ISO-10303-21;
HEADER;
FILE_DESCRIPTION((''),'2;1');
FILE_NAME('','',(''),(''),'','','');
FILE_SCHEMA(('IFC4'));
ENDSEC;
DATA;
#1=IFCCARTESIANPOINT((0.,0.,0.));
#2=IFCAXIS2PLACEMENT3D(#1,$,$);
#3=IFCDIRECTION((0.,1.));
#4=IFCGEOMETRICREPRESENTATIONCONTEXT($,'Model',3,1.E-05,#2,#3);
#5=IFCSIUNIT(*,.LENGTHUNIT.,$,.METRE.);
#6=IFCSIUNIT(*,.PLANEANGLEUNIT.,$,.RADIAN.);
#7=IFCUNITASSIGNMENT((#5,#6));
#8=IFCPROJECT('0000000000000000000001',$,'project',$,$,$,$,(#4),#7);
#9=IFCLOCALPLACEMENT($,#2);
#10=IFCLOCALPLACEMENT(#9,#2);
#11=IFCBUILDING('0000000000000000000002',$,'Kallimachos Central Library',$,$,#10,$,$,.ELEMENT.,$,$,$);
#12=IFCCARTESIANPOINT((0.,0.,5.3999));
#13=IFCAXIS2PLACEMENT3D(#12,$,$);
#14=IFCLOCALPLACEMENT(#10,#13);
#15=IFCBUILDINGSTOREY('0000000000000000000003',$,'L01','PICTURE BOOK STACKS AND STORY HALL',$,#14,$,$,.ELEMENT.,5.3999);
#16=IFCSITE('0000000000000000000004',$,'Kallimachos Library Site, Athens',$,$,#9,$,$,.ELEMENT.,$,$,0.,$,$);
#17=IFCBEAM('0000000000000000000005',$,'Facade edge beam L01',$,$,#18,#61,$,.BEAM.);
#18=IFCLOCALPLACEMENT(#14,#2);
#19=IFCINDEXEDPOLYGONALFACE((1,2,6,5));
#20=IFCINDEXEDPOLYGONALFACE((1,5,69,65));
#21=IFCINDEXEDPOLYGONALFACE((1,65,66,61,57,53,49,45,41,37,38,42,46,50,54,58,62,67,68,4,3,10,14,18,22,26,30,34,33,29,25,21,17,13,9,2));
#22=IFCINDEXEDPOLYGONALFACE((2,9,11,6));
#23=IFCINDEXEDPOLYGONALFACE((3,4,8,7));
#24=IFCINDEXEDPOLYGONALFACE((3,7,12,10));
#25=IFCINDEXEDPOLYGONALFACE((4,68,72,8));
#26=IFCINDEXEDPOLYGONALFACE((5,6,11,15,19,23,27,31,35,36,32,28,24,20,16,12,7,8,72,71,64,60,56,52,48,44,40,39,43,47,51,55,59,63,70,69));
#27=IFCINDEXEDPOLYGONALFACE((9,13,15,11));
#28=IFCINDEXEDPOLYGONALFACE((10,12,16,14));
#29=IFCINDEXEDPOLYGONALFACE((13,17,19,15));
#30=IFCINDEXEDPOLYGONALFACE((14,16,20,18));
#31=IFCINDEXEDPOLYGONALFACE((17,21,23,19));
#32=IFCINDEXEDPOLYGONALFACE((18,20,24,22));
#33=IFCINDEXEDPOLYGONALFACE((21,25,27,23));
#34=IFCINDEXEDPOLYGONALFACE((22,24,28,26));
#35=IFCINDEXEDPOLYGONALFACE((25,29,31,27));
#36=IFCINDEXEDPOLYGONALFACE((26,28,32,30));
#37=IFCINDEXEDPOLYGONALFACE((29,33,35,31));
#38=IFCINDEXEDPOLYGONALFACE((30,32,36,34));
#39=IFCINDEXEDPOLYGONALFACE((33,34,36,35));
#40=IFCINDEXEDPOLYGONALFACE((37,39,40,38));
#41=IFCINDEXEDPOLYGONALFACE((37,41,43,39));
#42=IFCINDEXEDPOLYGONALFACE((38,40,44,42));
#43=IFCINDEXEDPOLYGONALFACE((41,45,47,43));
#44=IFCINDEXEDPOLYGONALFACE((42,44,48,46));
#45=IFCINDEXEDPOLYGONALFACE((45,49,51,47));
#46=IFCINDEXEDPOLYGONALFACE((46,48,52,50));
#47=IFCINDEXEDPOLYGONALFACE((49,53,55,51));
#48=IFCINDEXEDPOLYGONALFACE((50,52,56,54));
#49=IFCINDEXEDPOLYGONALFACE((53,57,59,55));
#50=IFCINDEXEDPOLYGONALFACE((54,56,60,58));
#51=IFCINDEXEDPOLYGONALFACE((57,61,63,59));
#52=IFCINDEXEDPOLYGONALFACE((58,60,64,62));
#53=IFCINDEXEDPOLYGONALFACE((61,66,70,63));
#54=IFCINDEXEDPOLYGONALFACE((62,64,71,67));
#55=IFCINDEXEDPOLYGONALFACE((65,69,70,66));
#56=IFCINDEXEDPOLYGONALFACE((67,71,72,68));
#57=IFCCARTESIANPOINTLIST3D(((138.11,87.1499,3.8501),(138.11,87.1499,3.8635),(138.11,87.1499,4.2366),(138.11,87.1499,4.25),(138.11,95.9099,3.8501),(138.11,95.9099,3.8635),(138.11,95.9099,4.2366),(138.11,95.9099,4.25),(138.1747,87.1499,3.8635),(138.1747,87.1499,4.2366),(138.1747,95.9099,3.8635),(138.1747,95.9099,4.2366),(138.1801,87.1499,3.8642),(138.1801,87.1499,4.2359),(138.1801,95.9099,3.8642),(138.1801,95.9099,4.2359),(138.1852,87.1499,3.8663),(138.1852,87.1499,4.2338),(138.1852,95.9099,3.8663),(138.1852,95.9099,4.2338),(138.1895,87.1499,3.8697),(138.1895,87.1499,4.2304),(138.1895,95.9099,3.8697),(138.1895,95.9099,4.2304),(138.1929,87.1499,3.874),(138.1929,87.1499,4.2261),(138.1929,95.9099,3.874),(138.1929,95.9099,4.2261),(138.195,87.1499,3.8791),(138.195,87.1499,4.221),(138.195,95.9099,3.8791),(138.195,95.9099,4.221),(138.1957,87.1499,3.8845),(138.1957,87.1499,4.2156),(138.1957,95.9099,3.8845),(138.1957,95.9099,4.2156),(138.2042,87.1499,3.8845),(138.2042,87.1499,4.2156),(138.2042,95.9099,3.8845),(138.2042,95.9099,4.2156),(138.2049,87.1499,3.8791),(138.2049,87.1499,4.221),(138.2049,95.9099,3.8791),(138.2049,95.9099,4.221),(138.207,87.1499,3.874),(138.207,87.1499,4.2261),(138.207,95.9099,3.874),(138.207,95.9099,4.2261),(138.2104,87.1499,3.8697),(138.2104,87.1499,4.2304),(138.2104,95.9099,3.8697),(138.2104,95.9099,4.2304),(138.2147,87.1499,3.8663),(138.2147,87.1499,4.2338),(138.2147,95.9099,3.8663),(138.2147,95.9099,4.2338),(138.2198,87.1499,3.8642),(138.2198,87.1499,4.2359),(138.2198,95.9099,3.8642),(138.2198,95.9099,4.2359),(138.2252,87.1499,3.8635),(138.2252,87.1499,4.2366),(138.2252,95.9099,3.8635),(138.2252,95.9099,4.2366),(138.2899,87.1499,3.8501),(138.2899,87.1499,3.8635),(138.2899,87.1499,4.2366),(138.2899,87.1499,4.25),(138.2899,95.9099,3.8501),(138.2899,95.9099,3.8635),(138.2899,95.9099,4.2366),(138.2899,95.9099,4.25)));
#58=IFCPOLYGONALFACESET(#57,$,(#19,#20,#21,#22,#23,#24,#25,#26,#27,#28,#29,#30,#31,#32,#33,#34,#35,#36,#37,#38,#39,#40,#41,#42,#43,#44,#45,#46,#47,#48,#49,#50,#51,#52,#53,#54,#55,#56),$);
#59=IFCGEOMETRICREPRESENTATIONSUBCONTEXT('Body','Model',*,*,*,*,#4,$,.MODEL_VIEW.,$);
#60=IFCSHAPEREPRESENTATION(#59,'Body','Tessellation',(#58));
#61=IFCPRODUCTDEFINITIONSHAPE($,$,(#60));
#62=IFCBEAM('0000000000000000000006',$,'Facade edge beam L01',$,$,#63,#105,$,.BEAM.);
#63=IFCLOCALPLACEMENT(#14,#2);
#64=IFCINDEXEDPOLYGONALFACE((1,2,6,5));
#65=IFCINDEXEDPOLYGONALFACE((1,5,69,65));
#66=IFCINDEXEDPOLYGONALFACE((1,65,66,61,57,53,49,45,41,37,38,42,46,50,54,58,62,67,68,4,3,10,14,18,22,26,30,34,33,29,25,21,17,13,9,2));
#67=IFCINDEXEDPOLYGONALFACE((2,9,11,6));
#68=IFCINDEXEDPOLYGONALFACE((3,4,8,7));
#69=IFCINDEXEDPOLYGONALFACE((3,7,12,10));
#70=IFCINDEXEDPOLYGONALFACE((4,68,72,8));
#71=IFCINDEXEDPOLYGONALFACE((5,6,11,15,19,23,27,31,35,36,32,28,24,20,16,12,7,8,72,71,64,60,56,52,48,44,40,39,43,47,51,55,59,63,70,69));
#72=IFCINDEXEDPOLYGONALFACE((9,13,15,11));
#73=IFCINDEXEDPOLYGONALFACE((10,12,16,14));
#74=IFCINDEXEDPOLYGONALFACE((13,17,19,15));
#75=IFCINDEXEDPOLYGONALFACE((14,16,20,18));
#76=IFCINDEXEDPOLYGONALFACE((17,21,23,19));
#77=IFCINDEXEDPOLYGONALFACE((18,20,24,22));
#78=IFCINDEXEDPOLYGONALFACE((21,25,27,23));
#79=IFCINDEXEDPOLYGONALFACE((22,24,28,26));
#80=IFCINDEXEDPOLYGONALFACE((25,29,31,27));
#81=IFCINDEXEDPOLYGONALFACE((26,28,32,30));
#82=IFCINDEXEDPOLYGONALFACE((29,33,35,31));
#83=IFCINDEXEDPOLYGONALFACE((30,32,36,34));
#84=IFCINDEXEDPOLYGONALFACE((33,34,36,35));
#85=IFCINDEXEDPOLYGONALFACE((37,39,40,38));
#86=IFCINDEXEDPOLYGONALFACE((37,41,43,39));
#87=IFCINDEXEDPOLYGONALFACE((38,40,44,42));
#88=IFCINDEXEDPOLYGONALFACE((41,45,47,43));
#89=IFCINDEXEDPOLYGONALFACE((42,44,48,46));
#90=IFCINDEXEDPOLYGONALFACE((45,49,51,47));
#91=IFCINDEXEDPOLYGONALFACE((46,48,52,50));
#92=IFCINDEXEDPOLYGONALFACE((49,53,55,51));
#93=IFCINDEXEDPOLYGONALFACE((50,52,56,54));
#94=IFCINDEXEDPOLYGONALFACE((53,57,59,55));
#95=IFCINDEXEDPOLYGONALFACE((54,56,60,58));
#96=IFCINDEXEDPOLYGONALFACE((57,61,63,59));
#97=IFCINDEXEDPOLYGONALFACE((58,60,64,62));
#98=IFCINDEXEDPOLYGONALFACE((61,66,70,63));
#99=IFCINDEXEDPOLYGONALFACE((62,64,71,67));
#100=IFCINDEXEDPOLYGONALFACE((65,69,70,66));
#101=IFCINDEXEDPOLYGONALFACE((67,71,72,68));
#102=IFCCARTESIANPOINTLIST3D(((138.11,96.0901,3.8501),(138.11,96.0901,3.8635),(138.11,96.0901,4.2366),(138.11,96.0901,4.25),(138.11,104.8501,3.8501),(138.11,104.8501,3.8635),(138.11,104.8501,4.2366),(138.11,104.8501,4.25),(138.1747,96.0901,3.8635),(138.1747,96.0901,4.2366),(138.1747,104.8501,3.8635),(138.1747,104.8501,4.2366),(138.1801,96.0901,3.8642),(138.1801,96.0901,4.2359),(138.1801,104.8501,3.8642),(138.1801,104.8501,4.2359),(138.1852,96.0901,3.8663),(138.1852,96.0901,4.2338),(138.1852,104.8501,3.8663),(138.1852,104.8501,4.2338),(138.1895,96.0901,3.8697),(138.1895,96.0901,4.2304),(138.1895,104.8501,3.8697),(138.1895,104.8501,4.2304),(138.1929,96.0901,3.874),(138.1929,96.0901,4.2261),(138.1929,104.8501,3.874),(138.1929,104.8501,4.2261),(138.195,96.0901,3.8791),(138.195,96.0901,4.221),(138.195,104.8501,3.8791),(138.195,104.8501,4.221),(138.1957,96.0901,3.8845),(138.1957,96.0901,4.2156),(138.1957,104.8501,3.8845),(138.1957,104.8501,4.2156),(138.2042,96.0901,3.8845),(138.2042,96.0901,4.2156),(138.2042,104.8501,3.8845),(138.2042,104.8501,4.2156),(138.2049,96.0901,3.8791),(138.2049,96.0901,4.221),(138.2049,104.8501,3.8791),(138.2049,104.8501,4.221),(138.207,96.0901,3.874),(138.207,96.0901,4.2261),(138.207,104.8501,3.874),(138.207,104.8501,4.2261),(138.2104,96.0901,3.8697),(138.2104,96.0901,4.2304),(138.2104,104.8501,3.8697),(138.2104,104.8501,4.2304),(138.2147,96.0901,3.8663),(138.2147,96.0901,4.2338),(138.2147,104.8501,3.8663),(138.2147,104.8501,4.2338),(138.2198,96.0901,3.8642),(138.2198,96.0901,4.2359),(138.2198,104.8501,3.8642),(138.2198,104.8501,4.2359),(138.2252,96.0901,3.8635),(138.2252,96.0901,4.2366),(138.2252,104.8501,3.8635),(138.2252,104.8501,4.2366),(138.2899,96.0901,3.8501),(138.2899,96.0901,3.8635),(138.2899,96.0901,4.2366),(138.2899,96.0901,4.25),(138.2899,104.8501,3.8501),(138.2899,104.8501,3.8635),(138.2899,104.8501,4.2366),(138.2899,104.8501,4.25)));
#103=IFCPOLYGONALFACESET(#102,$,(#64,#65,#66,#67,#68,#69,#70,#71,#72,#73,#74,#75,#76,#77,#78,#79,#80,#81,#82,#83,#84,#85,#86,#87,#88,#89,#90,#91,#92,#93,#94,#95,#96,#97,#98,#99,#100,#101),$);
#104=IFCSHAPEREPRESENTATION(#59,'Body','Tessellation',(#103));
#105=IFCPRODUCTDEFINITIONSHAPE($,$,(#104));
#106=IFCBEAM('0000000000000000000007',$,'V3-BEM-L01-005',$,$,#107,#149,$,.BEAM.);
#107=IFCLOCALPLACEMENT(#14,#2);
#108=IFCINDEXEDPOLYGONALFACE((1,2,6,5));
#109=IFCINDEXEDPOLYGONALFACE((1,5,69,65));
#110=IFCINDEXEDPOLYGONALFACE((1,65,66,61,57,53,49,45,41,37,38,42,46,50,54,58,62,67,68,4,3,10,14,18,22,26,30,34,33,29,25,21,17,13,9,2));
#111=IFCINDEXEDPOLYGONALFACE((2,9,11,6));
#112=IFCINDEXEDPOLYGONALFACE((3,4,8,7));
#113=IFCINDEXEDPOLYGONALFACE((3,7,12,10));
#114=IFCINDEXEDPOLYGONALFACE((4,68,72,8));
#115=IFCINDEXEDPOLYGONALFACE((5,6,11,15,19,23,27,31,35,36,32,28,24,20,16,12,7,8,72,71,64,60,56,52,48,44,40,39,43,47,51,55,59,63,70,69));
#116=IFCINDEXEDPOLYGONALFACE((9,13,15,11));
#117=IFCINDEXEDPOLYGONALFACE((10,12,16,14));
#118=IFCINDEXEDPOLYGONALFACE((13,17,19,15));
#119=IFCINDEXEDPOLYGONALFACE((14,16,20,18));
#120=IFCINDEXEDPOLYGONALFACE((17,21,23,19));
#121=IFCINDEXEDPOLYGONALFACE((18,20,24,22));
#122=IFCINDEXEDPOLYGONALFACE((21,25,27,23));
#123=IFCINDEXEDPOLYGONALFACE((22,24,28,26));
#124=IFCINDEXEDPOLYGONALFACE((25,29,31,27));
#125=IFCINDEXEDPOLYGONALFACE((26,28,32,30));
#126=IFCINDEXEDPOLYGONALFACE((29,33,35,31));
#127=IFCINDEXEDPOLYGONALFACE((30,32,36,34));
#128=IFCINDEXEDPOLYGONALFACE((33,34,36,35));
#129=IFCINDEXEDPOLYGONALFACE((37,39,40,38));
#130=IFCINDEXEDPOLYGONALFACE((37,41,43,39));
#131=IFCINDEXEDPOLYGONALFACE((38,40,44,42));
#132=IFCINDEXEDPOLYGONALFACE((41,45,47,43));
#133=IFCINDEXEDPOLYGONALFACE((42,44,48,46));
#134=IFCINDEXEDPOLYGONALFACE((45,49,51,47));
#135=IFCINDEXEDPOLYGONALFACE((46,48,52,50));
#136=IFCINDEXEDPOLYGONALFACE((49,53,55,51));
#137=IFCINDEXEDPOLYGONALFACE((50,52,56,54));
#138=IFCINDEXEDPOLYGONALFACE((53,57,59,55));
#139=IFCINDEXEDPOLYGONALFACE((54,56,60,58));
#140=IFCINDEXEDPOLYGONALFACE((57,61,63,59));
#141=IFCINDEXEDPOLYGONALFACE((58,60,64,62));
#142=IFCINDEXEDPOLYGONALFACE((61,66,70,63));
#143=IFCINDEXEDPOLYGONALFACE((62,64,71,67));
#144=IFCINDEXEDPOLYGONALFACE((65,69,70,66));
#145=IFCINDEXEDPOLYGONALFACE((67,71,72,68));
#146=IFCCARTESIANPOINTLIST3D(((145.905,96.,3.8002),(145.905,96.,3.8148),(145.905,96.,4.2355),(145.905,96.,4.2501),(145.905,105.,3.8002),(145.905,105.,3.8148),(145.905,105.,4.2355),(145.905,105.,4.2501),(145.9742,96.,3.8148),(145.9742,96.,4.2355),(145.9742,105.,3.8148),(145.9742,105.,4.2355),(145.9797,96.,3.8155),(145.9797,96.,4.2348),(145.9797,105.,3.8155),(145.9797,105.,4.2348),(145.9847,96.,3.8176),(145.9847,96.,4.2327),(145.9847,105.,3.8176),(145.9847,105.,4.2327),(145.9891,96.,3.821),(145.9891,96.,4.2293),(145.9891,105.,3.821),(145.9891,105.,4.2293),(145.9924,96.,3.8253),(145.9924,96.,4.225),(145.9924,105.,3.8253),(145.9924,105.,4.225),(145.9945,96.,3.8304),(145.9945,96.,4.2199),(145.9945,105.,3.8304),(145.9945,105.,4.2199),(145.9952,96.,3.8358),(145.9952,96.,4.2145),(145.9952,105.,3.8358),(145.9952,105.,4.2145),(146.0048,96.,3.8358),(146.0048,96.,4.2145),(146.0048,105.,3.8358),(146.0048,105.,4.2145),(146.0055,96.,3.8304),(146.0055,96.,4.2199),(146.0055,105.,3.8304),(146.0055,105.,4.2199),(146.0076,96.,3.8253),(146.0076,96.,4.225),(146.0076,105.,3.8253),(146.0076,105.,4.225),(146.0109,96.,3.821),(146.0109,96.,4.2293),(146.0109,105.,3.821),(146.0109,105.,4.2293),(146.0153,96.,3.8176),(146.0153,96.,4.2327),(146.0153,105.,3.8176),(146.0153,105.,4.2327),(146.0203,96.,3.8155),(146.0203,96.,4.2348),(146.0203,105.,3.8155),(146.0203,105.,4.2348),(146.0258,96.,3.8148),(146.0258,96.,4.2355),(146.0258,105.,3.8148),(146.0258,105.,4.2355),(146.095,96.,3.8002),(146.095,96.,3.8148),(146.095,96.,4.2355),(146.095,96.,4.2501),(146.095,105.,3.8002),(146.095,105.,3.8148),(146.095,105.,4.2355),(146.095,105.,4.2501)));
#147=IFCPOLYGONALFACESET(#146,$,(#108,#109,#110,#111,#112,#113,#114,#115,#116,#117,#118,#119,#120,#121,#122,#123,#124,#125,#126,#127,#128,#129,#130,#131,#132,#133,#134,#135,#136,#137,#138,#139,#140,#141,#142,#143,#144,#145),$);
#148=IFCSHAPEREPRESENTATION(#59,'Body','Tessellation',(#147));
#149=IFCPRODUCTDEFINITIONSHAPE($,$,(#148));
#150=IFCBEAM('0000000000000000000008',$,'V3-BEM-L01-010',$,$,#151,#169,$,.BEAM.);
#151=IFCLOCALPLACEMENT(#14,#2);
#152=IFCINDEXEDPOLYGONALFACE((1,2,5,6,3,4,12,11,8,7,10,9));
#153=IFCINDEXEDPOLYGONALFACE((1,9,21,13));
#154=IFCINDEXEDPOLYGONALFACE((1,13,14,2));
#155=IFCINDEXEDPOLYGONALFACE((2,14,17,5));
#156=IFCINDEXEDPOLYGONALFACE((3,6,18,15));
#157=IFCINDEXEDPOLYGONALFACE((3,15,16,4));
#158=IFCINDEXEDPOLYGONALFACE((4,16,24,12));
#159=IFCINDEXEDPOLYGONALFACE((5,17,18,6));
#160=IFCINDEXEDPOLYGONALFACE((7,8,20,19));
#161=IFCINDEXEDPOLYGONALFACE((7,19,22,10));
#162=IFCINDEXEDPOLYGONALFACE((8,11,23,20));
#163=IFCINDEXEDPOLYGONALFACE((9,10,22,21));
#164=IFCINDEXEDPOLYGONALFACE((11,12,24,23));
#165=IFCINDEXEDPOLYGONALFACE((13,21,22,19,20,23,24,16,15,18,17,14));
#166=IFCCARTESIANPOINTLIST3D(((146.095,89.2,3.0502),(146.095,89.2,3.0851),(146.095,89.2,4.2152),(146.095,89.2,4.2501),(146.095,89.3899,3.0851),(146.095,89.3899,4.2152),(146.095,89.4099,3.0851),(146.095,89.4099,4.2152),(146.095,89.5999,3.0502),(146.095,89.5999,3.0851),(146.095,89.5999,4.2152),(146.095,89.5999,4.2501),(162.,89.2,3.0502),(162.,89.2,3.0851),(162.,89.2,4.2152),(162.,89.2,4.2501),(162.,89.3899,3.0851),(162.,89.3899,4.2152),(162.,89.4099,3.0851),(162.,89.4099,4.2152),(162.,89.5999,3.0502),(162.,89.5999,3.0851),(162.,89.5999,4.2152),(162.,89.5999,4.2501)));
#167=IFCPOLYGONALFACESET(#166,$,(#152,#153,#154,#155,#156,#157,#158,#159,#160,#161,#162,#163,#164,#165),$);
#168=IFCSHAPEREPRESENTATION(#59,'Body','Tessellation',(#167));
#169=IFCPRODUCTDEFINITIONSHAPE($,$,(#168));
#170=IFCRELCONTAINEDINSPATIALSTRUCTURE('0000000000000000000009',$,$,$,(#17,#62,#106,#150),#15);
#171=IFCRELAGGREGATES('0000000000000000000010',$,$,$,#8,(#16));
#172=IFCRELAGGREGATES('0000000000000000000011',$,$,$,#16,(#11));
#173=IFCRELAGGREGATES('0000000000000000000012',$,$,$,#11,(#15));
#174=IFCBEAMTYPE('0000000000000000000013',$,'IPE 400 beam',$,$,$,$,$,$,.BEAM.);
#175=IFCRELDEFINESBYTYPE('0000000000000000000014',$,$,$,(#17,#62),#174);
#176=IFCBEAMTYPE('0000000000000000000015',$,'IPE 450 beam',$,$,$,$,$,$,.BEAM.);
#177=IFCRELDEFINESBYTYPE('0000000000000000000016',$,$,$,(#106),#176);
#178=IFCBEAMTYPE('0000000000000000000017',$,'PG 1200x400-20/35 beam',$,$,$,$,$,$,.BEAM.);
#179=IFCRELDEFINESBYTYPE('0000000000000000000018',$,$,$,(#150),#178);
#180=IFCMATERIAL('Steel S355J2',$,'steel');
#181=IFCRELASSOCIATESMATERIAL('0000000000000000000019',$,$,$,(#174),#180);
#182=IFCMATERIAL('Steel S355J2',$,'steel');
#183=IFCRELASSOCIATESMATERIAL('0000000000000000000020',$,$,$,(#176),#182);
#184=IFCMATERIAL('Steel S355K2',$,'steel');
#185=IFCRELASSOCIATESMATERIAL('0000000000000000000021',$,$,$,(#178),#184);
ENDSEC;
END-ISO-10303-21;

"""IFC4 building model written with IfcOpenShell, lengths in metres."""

from ifc_helpers import new_model, si_unit, direction, frame, origin, origin_2d, place, context, subcontext, project, spatial, i_section, extrude, material, material_profile, profile_set, type_object, element, save


model = new_model("IFC4")

# Units and contexts
model_context = context("Model", 3, precision=1e-05, world=origin(), true_north=direction((0.0, 1.0)))
body_context = subcontext(model_context, "Body", "Model", "MODEL_VIEW")
ifc_project = project(units=[si_unit("LENGTHUNIT", "METRE"), si_unit("PLANEANGLEUNIT", "RADIAN")], contexts=[model_context])

# Site, building, storey
site_placement = place(None, origin())
site = spatial("IfcSite", under=ifc_project, at=site_placement, Name="Kallimachos Library Site, Athens", CompositionType="ELEMENT", RefElevation=0.0)
building_placement = place(site_placement, origin())
building = spatial("IfcBuilding", under=site, at=building_placement, Name="Kallimachos Central Library", CompositionType="ELEMENT")
storey_placement = place(building_placement, frame((0.0, 0.0, 5.3999)))
storey = spatial("IfcBuildingStorey", under=building, at=storey_placement, Name="L01", Description="PICTURE BOOK STACKS AND STORY HALL", CompositionType="ELEMENT", Elevation=5.3999)

# Beams
ifc_material_1 = material(Name="Steel S355J2", Category="steel")
ifc_material_profile_1 = material_profile(ifc_material_1, i_section(OverallWidth=0.1799, OverallDepth=0.3999, WebThickness=0.0085, FlangeThickness=0.0134, FilletRadius=0.021, at=origin_2d()), Name="IPE 400")
ifc_profile_set_1 = profile_set([ifc_material_profile_1], Name="Steel S355J2")
beam_type_1 = type_object("IfcBeamType", Name="IPE 400 beam", PredefinedType="BEAM", material=ifc_profile_set_1)
for number, where, z_axis, x_axis, name in (
    (1, (138.2, 87.1499, 4.05), (0.0, 1.0, 0.0), (-1.0, 0.0, 0.0), "Facade edge beam L01"),
    (2, (138.2, 96.0901, 4.05), (0.0, 1.0, 0.0), (-1.0, 0.0, 0.0), "Facade edge beam L01"),
):
    element("IfcBeam", number, at=place(storey_placement, frame(where, z_axis=z_axis, x_axis=x_axis)), inside=storey, type_object=beam_type_1, Name=name, PredefinedType="BEAM", context=body_context, shape_type="SweptSolid", body=[
        extrude(i_section(OverallWidth=0.1799, OverallDepth=0.3999, WebThickness=0.0085, FlangeThickness=0.0134, FilletRadius=0.021, at=origin_2d()), origin(), (0.0, 0.0, 1.0), 8.76),
    ])
ifc_material_2 = material(Name="Steel S355J2", Category="steel")
ifc_material_profile_2 = material_profile(ifc_material_2, i_section(OverallWidth=0.1899, OverallDepth=0.45, WebThickness=0.0095, FlangeThickness=0.0146, FilletRadius=0.021, at=origin_2d()), Name="IPE 450")
ifc_profile_set_2 = profile_set([ifc_material_profile_2], Name="Steel S355J2")
beam_type_2 = type_object("IfcBeamType", Name="IPE 450 beam", PredefinedType="BEAM", material=ifc_profile_set_2)
beam_1_placement = place(storey_placement, frame((146.0, 96.0, 4.0251), z_axis=(0.0, 1.0, 0.0), x_axis=(-1.0, 0.0, 0.0)))
element("IfcBeam", 3, at=beam_1_placement, inside=storey, type_object=beam_type_2, Name="V3-BEM-L01-005", PredefinedType="BEAM", context=body_context, shape_type="SweptSolid", body=[
    extrude(i_section(OverallWidth=0.1899, OverallDepth=0.45, WebThickness=0.0095, FlangeThickness=0.0146, FilletRadius=0.021, at=origin_2d()), origin(), (0.0, 0.0, 1.0), 9.0),
])
ifc_material_3 = material(Name="Steel S355K2", Category="steel")
ifc_material_profile_3 = material_profile(ifc_material_3, i_section(OverallWidth=0.3999, OverallDepth=1.2, WebThickness=0.02, FlangeThickness=0.0349, at=origin_2d()), Name="PG 1200x400-20/35")
ifc_profile_set_3 = profile_set([ifc_material_profile_3], Name="Steel S355K2")
beam_type_3 = type_object("IfcBeamType", Name="PG 1200x400-20/35 beam", PredefinedType="BEAM", material=ifc_profile_set_3)
beam_2_placement = place(storey_placement, frame((146.095, 89.3999, 3.6501), z_axis=(1.0, 0.0, 0.0), x_axis=(0.0, 1.0, 0.0)))
element("IfcBeam", 4, at=beam_2_placement, inside=storey, type_object=beam_type_3, Name="V3-BEM-L01-010", PredefinedType="BEAM", context=body_context, shape_type="SweptSolid", body=[
    extrude(i_section(OverallWidth=0.3999, OverallDepth=1.2, WebThickness=0.02, FlangeThickness=0.0349, at=origin_2d()), origin(), (0.0, 0.0, 1.0), 15.905),
])

save(model, "model.ifc")
